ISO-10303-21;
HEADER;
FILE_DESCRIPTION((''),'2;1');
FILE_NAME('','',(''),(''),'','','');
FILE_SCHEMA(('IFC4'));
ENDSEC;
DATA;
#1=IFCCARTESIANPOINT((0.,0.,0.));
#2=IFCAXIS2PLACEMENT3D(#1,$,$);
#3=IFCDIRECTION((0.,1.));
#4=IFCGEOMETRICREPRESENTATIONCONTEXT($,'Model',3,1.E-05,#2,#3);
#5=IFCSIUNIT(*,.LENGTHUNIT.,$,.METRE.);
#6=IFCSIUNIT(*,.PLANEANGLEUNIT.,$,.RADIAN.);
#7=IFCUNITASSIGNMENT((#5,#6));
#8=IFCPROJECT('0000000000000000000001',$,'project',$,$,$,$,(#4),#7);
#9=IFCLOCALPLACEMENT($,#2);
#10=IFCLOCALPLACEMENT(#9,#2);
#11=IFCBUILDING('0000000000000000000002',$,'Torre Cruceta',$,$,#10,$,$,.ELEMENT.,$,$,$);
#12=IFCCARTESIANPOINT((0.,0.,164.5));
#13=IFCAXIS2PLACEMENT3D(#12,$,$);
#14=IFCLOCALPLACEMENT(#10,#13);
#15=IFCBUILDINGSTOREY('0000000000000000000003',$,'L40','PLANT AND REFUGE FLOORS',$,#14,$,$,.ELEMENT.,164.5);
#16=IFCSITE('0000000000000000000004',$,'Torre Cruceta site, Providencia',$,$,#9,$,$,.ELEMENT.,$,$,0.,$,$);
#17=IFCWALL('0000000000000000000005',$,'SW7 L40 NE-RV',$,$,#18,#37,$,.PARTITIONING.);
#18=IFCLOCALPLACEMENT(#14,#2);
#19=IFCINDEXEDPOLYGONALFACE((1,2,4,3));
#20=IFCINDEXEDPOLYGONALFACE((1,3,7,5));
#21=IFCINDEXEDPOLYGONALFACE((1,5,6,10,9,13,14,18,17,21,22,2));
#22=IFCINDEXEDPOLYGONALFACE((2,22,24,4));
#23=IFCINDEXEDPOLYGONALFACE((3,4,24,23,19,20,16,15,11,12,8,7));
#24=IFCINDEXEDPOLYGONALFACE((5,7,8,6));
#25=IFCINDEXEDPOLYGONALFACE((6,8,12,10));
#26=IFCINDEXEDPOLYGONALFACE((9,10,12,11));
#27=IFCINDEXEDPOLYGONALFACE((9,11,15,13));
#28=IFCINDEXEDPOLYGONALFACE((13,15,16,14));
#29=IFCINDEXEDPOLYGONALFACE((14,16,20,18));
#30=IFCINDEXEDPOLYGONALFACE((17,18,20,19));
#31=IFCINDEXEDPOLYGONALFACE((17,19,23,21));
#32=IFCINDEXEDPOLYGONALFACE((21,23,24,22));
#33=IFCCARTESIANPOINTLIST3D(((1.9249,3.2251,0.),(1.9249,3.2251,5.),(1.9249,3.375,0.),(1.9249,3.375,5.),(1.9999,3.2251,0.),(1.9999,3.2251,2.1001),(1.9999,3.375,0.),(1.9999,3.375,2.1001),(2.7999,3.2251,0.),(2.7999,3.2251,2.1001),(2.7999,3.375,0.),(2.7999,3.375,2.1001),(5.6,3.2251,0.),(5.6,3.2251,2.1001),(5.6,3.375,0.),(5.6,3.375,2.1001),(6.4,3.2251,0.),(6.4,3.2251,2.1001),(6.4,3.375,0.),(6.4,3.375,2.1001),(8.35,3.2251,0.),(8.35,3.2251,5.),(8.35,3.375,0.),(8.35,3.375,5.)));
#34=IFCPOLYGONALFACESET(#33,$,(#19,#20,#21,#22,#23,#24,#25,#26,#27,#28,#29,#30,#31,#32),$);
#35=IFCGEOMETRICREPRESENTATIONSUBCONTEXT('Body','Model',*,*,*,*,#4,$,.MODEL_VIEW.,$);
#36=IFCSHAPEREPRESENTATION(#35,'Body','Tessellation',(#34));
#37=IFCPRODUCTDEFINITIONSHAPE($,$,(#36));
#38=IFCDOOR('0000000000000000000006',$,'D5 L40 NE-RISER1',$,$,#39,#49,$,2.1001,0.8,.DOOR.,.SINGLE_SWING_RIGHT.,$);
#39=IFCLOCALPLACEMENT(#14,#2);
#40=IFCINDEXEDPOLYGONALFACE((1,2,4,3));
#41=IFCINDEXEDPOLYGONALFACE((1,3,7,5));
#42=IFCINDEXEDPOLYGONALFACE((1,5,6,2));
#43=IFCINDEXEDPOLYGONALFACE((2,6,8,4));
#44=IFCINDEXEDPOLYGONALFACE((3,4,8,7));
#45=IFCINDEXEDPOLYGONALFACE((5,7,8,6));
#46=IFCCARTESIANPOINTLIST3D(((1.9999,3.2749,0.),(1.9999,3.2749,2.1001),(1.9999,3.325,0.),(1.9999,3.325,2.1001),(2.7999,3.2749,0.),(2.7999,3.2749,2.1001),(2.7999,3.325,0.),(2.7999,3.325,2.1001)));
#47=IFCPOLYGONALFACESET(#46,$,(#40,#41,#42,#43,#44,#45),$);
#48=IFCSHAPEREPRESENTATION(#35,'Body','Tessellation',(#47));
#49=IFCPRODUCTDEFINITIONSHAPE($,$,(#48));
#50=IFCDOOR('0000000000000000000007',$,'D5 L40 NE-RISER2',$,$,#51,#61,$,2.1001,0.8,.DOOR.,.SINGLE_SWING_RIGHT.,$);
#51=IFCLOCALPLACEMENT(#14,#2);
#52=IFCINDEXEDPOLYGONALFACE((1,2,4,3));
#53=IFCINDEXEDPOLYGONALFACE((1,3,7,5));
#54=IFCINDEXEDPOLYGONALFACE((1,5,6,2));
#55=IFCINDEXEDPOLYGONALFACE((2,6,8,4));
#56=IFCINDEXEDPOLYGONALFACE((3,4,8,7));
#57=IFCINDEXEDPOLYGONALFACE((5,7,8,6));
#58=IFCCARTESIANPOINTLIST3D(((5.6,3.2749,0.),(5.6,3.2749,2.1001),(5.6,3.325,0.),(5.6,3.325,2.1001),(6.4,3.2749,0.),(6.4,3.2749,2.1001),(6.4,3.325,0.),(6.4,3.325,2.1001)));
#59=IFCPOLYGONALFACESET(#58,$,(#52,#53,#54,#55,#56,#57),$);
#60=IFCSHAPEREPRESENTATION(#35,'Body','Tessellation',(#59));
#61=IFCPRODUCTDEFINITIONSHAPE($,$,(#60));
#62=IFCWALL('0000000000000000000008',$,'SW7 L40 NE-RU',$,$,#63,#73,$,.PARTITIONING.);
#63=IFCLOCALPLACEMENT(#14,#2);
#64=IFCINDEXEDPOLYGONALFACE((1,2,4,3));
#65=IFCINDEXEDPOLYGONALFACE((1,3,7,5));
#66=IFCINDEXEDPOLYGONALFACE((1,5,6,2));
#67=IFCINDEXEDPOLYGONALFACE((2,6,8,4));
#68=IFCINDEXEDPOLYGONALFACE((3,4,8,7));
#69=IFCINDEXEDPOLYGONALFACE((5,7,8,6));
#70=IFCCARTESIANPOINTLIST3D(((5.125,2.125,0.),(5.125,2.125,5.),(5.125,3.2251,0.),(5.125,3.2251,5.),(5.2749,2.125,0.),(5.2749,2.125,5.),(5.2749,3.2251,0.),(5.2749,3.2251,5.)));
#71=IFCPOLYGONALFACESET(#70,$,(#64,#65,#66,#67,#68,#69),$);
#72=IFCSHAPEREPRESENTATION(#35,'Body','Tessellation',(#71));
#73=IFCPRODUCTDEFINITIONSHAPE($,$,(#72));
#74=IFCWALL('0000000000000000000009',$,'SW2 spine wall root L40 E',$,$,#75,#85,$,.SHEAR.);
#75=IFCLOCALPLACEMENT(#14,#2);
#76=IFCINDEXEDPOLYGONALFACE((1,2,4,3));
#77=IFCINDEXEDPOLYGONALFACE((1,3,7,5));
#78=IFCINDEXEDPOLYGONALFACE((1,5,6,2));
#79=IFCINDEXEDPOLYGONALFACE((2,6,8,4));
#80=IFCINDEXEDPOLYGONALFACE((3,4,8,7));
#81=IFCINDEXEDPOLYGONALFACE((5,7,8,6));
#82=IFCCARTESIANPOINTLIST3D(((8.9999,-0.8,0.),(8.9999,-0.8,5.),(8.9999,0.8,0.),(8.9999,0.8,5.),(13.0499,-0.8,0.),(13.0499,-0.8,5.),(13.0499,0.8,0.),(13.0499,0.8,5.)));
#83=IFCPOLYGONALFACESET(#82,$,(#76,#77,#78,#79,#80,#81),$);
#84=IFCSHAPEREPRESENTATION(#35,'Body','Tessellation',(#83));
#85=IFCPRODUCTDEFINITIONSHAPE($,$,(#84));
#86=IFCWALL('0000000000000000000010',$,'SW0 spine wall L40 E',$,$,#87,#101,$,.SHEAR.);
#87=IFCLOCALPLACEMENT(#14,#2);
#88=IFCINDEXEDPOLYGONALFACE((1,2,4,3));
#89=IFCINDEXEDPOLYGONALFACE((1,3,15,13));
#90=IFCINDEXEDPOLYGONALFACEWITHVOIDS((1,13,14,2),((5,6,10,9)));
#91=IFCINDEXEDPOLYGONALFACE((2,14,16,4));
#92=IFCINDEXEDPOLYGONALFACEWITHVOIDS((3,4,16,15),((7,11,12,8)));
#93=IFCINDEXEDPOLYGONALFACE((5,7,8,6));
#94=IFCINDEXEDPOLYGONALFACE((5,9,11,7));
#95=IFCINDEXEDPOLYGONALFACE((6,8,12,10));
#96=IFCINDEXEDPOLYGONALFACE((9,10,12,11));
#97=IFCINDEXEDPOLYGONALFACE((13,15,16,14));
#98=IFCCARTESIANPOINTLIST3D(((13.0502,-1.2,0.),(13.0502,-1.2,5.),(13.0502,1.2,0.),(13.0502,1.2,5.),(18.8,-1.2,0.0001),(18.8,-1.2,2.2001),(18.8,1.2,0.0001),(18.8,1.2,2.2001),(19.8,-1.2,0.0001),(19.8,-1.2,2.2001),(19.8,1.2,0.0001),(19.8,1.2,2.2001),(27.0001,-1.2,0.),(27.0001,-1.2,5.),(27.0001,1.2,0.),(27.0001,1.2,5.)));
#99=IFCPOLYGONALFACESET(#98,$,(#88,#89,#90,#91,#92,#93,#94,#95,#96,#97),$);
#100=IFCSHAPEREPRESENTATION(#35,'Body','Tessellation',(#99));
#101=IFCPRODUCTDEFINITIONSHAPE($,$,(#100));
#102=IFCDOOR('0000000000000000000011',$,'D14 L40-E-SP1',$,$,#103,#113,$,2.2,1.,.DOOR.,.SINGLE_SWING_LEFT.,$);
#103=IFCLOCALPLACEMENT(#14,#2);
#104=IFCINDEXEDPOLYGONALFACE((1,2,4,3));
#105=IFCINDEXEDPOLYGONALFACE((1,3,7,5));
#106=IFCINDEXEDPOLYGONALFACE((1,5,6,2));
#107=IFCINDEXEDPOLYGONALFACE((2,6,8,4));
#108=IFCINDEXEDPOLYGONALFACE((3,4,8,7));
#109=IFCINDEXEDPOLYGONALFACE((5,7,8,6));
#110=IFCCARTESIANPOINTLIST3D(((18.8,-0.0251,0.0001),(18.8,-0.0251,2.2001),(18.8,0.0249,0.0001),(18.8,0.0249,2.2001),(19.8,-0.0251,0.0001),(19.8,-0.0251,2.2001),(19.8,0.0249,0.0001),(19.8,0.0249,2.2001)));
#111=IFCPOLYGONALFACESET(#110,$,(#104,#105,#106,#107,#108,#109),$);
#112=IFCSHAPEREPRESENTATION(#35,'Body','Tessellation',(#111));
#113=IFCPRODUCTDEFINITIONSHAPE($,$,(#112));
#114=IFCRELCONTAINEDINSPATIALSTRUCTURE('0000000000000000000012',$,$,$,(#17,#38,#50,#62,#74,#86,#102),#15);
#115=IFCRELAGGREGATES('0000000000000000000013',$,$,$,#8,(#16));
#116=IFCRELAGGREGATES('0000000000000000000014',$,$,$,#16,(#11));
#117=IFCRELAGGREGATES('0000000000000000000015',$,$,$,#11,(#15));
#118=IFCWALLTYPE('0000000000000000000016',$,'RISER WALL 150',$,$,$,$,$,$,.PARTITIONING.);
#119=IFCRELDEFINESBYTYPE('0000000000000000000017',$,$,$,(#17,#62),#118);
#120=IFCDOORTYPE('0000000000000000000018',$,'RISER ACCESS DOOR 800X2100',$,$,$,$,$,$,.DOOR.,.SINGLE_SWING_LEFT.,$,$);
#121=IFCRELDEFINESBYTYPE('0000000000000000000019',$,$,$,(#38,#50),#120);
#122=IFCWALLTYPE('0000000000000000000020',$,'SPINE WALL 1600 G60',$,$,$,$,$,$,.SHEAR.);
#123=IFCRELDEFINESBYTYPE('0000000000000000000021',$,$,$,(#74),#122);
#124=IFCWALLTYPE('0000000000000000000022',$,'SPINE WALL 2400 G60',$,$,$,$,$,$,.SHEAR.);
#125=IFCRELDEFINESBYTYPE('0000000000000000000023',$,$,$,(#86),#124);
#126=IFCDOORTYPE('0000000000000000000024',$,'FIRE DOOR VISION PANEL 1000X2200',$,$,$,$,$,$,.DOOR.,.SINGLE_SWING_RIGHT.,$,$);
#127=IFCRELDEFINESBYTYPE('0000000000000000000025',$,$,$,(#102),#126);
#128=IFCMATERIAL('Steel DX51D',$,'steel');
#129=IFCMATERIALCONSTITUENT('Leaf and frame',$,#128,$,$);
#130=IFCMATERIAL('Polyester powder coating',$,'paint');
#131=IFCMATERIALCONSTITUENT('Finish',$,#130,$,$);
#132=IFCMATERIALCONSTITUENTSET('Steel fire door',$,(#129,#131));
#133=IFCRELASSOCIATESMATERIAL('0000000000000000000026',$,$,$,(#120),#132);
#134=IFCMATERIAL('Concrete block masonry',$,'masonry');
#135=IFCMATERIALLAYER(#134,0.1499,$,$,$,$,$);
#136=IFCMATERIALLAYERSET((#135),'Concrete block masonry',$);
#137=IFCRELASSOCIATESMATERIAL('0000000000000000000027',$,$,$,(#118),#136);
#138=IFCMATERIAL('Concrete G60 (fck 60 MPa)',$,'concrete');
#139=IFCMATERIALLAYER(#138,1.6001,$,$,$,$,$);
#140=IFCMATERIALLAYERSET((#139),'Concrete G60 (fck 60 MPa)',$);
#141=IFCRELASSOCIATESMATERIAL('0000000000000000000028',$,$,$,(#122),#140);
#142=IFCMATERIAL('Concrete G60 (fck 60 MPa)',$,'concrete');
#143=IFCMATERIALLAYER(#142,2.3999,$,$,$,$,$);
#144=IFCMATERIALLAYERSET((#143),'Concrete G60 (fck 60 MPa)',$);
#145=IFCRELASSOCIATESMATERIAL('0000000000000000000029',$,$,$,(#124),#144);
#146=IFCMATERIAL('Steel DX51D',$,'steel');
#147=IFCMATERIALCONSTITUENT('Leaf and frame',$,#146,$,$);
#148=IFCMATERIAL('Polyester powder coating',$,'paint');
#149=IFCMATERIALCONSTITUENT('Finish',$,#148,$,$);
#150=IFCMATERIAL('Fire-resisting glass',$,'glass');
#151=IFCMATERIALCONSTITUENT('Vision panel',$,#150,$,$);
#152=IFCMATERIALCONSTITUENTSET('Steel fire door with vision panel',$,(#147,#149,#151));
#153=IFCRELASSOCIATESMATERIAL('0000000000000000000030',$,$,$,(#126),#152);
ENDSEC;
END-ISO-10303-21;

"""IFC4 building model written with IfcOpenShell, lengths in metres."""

from ifc_helpers import new_model, si_unit, direction, frame, frame_2d, origin, place, context, subcontext, project, spatial, rectangle, extrude, material, layer, layer_set, constituent, constituent_set, type_object, element, fill, save


model = new_model("IFC4")

# Units and contexts
model_context = context("Model", 3, precision=1e-05, world=origin(), true_north=direction((0.0, 1.0)))
body_context = subcontext(model_context, "Body", "Model", "MODEL_VIEW")
ifc_project = project(units=[si_unit("LENGTHUNIT", "METRE"), si_unit("PLANEANGLEUNIT", "RADIAN")], contexts=[model_context])

# Site, building, storey
site_placement = place(None, origin())
site = spatial("IfcSite", under=ifc_project, at=site_placement, Name="Torre Cruceta site, Providencia", CompositionType="ELEMENT", RefElevation=0.0)
building_placement = place(site_placement, origin())
building = spatial("IfcBuilding", under=site, at=building_placement, Name="Torre Cruceta", CompositionType="ELEMENT")
storey_placement = place(building_placement, frame((0.0, 0.0, 164.5)))
storey = spatial("IfcBuildingStorey", under=building, at=storey_placement, Name="L40", Description="PLANT AND REFUGE FLOORS", CompositionType="ELEMENT", Elevation=164.5)

# Shared definitions
ifc_material_1 = material(Name="Steel DX51D", Category="steel")
ifc_constituent_1 = constituent(ifc_material_1, Name="Leaf and frame")
ifc_material_2 = material(Name="Polyester powder coating", Category="paint")
ifc_constituent_2 = constituent(ifc_material_2, Name="Finish")
ifc_constituent_set_1 = constituent_set(constituents=[ifc_constituent_1, ifc_constituent_2], Name="Steel fire door")
door_type_1 = type_object("IfcDoorType", Name="RISER ACCESS DOOR 800X2100", OperationType="SINGLE_SWING_LEFT", PredefinedType="DOOR", material=ifc_constituent_set_1)

# Wall, openings, doors
ifc_material_3 = material(Name="Concrete block masonry", Category="masonry")
ifc_layer_1 = layer(ifc_material_3, 0.1499)
ifc_layer_set_1 = layer_set([ifc_layer_1], Name="Concrete block masonry")
wall_type_1 = type_object("IfcWallType", Name="RISER WALL 150", PredefinedType="PARTITIONING", material=ifc_layer_set_1)
wall_1_placement = place(storey_placement, frame((1.925, 3.3, 0.0), z_axis=(0.0, 0.0, 1.0), x_axis=(1.0, 0.0, 0.0)))
wall_1 = element("IfcWall", 1, at=wall_1_placement, inside=storey, type_object=wall_type_1, Name="SW7 L40 NE-RV", PredefinedType="PARTITIONING", context=body_context, shape_type="SweptSolid", body=[
    extrude(rectangle(XDim=6.425, YDim=0.1499, at=frame_2d((3.2124, 0.0))), origin(), (0.0, 0.0, 1.0), 5.0),
])
opening_1_placement = place(wall_1_placement, frame((0.075, 0.0, 0.0)))
opening_1 = element("IfcOpeningElement", 2, at=opening_1_placement, cuts=wall_1, PredefinedType="OPENING", context=body_context, shape_type="SweptSolid", body=[
    extrude(rectangle(XDim=0.8, YDim=2.1001, at=frame_2d((0.3999, 1.05))), frame((0.0, 0.085, 0.0), z_axis=(0.0, -1.0, 0.0), x_axis=(1.0, 0.0, 0.0)), (0.0, 0.0, 1.0), 0.1699),
])
opening_2_placement = place(wall_1_placement, frame((3.675, 0.0, 0.0)))
opening_2 = element("IfcOpeningElement", 3, at=opening_2_placement, cuts=wall_1, PredefinedType="OPENING", context=body_context, shape_type="SweptSolid", body=[
    extrude(rectangle(XDim=0.8, YDim=2.1001, at=frame_2d((0.3999, 1.05))), frame((0.0, 0.085, 0.0), z_axis=(0.0, -1.0, 0.0), x_axis=(1.0, 0.0, 0.0)), (0.0, 0.0, 1.0), 0.1699),
])
door_1_placement = place(opening_1_placement, frame((0.8, 0.0, 0.0), z_axis=(0.0, 0.0, 1.0), x_axis=(-1.0, 0.0, 0.0)))
door_1 = element("IfcDoor", 4, at=door_1_placement, inside=storey, type_object=door_type_1, Name="D5 L40 NE-RISER1", OperationType="SINGLE_SWING_RIGHT", OverallHeight=2.1001, OverallWidth=0.8, PredefinedType="DOOR", context=body_context, shape_type="SweptSolid", body=[
    extrude(rectangle(XDim=0.8, YDim=2.1001, at=frame_2d((0.4001, 1.05))), frame((0.0, 0.0251, 0.0), z_axis=(0.0, -1.0, 0.0), x_axis=(1.0, 0.0, 0.0)), (0.0, 0.0, 1.0), 0.05),
])
fill(opening_1, door_1)
door_2_placement = place(opening_2_placement, frame((0.8, 0.0, 0.0), z_axis=(0.0, 0.0, 1.0), x_axis=(-1.0, 0.0, 0.0)))
door_2 = element("IfcDoor", 5, at=door_2_placement, inside=storey, type_object=door_type_1, Name="D5 L40 NE-RISER2", OperationType="SINGLE_SWING_RIGHT", OverallHeight=2.1001, OverallWidth=0.8, PredefinedType="DOOR", context=body_context, shape_type="SweptSolid", body=[
    extrude(rectangle(XDim=0.8, YDim=2.1001, at=frame_2d((0.4001, 1.05))), frame((0.0, 0.0251, 0.0), z_axis=(0.0, -1.0, 0.0), x_axis=(1.0, 0.0, 0.0)), (0.0, 0.0, 1.0), 0.05),
])
fill(opening_2, door_2)

# Walls
wall_2_placement = place(storey_placement, frame((5.2, 2.125, 0.0), z_axis=(0.0, 0.0, 1.0), x_axis=(0.0, 1.0, 0.0)))
element("IfcWall", 6, at=wall_2_placement, inside=storey, type_object=wall_type_1, Name="SW7 L40 NE-RU", PredefinedType="PARTITIONING", context=body_context, shape_type="SweptSolid", body=[
    extrude(rectangle(XDim=1.1001, YDim=0.1499, at=frame_2d((0.55, 0.0))), origin(), (0.0, 0.0, 1.0), 5.0),
])
ifc_material_4 = material(Name="Concrete G60 (fck 60 MPa)", Category="concrete")
ifc_layer_2 = layer(ifc_material_4, 1.6001)
ifc_layer_set_2 = layer_set([ifc_layer_2], Name="Concrete G60 (fck 60 MPa)")
wall_type_2 = type_object("IfcWallType", Name="SPINE WALL 1600 G60", PredefinedType="SHEAR", material=ifc_layer_set_2)
wall_3_placement = place(storey_placement, frame((9.0, 0.0, 0.0), z_axis=(0.0, 0.0, 1.0), x_axis=(1.0, 0.0, 0.0)))
element("IfcWall", 7, at=wall_3_placement, inside=storey, type_object=wall_type_2, Name="SW2 spine wall root L40 E", PredefinedType="SHEAR", context=body_context, shape_type="SweptSolid", body=[
    extrude(rectangle(XDim=4.05, YDim=1.6001, at=frame_2d((2.0249, 0.0))), origin(), (0.0, 0.0, 1.0), 5.0),
])

# Wall, opening, door
ifc_material_5 = material(Name="Concrete G60 (fck 60 MPa)", Category="concrete")
ifc_layer_3 = layer(ifc_material_5, 2.3999)
ifc_layer_set_3 = layer_set([ifc_layer_3], Name="Concrete G60 (fck 60 MPa)")
wall_type_3 = type_object("IfcWallType", Name="SPINE WALL 2400 G60", PredefinedType="SHEAR", material=ifc_layer_set_3)
wall_4_placement = place(storey_placement, frame((13.05, 0.0, 0.0), z_axis=(0.0, 0.0, 1.0), x_axis=(1.0, 0.0, 0.0)))
wall_4 = element("IfcWall", 8, at=wall_4_placement, inside=storey, type_object=wall_type_3, Name="SW0 spine wall L40 E", PredefinedType="SHEAR", context=body_context, shape_type="SweptSolid", body=[
    extrude(rectangle(XDim=13.95, YDim=2.3999, at=frame_2d((6.9751, 0.0))), origin(), (0.0, 0.0, 1.0), 5.0),
])
opening_3_placement = place(wall_4_placement, frame((5.75, 0.0, 0.0)))
opening_3 = element("IfcOpeningElement", 9, at=opening_3_placement, cuts=wall_4, PredefinedType="OPENING", context=body_context, shape_type="SweptSolid", body=[
    extrude(rectangle(XDim=1.0, YDim=2.2, at=frame_2d((0.5, 1.1001))), frame((0.0, 1.21, 0.0), z_axis=(0.0, -1.0, 0.0), x_axis=(1.0, 0.0, 0.0)), (0.0, 0.0, 1.0), 2.4199),
])
ifc_material_6 = material(Name="Steel DX51D", Category="steel")
ifc_constituent_3 = constituent(ifc_material_6, Name="Leaf and frame")
ifc_material_7 = material(Name="Polyester powder coating", Category="paint")
ifc_constituent_4 = constituent(ifc_material_7, Name="Finish")
ifc_material_8 = material(Name="Fire-resisting glass", Category="glass")
ifc_constituent_5 = constituent(ifc_material_8, Name="Vision panel")
ifc_constituent_set_2 = constituent_set(constituents=[ifc_constituent_3, ifc_constituent_4, ifc_constituent_5], Name="Steel fire door with vision panel")
door_type_2 = type_object("IfcDoorType", Name="FIRE DOOR VISION PANEL 1000X2200", OperationType="SINGLE_SWING_RIGHT", PredefinedType="DOOR", material=ifc_constituent_set_2)
door_3_placement = place(opening_3_placement, frame((1.0, 0.0, 0.0), z_axis=(0.0, 0.0, 1.0), x_axis=(-1.0, 0.0, 0.0)))
door_3 = element("IfcDoor", 10, at=door_3_placement, inside=storey, type_object=door_type_2, Name="D14 L40-E-SP1", OperationType="SINGLE_SWING_LEFT", OverallHeight=2.2, OverallWidth=1.0, PredefinedType="DOOR", context=body_context, shape_type="SweptSolid", body=[
    extrude(rectangle(XDim=1.0, YDim=2.2, at=frame_2d((0.5, 1.1001))), frame((0.0, 0.0251, 0.0), z_axis=(0.0, -1.0, 0.0), x_axis=(1.0, 0.0, 0.0)), (0.0, 0.0, 1.0), 0.05),
])
fill(opening_3, door_3)

save(model, "model.ifc")
